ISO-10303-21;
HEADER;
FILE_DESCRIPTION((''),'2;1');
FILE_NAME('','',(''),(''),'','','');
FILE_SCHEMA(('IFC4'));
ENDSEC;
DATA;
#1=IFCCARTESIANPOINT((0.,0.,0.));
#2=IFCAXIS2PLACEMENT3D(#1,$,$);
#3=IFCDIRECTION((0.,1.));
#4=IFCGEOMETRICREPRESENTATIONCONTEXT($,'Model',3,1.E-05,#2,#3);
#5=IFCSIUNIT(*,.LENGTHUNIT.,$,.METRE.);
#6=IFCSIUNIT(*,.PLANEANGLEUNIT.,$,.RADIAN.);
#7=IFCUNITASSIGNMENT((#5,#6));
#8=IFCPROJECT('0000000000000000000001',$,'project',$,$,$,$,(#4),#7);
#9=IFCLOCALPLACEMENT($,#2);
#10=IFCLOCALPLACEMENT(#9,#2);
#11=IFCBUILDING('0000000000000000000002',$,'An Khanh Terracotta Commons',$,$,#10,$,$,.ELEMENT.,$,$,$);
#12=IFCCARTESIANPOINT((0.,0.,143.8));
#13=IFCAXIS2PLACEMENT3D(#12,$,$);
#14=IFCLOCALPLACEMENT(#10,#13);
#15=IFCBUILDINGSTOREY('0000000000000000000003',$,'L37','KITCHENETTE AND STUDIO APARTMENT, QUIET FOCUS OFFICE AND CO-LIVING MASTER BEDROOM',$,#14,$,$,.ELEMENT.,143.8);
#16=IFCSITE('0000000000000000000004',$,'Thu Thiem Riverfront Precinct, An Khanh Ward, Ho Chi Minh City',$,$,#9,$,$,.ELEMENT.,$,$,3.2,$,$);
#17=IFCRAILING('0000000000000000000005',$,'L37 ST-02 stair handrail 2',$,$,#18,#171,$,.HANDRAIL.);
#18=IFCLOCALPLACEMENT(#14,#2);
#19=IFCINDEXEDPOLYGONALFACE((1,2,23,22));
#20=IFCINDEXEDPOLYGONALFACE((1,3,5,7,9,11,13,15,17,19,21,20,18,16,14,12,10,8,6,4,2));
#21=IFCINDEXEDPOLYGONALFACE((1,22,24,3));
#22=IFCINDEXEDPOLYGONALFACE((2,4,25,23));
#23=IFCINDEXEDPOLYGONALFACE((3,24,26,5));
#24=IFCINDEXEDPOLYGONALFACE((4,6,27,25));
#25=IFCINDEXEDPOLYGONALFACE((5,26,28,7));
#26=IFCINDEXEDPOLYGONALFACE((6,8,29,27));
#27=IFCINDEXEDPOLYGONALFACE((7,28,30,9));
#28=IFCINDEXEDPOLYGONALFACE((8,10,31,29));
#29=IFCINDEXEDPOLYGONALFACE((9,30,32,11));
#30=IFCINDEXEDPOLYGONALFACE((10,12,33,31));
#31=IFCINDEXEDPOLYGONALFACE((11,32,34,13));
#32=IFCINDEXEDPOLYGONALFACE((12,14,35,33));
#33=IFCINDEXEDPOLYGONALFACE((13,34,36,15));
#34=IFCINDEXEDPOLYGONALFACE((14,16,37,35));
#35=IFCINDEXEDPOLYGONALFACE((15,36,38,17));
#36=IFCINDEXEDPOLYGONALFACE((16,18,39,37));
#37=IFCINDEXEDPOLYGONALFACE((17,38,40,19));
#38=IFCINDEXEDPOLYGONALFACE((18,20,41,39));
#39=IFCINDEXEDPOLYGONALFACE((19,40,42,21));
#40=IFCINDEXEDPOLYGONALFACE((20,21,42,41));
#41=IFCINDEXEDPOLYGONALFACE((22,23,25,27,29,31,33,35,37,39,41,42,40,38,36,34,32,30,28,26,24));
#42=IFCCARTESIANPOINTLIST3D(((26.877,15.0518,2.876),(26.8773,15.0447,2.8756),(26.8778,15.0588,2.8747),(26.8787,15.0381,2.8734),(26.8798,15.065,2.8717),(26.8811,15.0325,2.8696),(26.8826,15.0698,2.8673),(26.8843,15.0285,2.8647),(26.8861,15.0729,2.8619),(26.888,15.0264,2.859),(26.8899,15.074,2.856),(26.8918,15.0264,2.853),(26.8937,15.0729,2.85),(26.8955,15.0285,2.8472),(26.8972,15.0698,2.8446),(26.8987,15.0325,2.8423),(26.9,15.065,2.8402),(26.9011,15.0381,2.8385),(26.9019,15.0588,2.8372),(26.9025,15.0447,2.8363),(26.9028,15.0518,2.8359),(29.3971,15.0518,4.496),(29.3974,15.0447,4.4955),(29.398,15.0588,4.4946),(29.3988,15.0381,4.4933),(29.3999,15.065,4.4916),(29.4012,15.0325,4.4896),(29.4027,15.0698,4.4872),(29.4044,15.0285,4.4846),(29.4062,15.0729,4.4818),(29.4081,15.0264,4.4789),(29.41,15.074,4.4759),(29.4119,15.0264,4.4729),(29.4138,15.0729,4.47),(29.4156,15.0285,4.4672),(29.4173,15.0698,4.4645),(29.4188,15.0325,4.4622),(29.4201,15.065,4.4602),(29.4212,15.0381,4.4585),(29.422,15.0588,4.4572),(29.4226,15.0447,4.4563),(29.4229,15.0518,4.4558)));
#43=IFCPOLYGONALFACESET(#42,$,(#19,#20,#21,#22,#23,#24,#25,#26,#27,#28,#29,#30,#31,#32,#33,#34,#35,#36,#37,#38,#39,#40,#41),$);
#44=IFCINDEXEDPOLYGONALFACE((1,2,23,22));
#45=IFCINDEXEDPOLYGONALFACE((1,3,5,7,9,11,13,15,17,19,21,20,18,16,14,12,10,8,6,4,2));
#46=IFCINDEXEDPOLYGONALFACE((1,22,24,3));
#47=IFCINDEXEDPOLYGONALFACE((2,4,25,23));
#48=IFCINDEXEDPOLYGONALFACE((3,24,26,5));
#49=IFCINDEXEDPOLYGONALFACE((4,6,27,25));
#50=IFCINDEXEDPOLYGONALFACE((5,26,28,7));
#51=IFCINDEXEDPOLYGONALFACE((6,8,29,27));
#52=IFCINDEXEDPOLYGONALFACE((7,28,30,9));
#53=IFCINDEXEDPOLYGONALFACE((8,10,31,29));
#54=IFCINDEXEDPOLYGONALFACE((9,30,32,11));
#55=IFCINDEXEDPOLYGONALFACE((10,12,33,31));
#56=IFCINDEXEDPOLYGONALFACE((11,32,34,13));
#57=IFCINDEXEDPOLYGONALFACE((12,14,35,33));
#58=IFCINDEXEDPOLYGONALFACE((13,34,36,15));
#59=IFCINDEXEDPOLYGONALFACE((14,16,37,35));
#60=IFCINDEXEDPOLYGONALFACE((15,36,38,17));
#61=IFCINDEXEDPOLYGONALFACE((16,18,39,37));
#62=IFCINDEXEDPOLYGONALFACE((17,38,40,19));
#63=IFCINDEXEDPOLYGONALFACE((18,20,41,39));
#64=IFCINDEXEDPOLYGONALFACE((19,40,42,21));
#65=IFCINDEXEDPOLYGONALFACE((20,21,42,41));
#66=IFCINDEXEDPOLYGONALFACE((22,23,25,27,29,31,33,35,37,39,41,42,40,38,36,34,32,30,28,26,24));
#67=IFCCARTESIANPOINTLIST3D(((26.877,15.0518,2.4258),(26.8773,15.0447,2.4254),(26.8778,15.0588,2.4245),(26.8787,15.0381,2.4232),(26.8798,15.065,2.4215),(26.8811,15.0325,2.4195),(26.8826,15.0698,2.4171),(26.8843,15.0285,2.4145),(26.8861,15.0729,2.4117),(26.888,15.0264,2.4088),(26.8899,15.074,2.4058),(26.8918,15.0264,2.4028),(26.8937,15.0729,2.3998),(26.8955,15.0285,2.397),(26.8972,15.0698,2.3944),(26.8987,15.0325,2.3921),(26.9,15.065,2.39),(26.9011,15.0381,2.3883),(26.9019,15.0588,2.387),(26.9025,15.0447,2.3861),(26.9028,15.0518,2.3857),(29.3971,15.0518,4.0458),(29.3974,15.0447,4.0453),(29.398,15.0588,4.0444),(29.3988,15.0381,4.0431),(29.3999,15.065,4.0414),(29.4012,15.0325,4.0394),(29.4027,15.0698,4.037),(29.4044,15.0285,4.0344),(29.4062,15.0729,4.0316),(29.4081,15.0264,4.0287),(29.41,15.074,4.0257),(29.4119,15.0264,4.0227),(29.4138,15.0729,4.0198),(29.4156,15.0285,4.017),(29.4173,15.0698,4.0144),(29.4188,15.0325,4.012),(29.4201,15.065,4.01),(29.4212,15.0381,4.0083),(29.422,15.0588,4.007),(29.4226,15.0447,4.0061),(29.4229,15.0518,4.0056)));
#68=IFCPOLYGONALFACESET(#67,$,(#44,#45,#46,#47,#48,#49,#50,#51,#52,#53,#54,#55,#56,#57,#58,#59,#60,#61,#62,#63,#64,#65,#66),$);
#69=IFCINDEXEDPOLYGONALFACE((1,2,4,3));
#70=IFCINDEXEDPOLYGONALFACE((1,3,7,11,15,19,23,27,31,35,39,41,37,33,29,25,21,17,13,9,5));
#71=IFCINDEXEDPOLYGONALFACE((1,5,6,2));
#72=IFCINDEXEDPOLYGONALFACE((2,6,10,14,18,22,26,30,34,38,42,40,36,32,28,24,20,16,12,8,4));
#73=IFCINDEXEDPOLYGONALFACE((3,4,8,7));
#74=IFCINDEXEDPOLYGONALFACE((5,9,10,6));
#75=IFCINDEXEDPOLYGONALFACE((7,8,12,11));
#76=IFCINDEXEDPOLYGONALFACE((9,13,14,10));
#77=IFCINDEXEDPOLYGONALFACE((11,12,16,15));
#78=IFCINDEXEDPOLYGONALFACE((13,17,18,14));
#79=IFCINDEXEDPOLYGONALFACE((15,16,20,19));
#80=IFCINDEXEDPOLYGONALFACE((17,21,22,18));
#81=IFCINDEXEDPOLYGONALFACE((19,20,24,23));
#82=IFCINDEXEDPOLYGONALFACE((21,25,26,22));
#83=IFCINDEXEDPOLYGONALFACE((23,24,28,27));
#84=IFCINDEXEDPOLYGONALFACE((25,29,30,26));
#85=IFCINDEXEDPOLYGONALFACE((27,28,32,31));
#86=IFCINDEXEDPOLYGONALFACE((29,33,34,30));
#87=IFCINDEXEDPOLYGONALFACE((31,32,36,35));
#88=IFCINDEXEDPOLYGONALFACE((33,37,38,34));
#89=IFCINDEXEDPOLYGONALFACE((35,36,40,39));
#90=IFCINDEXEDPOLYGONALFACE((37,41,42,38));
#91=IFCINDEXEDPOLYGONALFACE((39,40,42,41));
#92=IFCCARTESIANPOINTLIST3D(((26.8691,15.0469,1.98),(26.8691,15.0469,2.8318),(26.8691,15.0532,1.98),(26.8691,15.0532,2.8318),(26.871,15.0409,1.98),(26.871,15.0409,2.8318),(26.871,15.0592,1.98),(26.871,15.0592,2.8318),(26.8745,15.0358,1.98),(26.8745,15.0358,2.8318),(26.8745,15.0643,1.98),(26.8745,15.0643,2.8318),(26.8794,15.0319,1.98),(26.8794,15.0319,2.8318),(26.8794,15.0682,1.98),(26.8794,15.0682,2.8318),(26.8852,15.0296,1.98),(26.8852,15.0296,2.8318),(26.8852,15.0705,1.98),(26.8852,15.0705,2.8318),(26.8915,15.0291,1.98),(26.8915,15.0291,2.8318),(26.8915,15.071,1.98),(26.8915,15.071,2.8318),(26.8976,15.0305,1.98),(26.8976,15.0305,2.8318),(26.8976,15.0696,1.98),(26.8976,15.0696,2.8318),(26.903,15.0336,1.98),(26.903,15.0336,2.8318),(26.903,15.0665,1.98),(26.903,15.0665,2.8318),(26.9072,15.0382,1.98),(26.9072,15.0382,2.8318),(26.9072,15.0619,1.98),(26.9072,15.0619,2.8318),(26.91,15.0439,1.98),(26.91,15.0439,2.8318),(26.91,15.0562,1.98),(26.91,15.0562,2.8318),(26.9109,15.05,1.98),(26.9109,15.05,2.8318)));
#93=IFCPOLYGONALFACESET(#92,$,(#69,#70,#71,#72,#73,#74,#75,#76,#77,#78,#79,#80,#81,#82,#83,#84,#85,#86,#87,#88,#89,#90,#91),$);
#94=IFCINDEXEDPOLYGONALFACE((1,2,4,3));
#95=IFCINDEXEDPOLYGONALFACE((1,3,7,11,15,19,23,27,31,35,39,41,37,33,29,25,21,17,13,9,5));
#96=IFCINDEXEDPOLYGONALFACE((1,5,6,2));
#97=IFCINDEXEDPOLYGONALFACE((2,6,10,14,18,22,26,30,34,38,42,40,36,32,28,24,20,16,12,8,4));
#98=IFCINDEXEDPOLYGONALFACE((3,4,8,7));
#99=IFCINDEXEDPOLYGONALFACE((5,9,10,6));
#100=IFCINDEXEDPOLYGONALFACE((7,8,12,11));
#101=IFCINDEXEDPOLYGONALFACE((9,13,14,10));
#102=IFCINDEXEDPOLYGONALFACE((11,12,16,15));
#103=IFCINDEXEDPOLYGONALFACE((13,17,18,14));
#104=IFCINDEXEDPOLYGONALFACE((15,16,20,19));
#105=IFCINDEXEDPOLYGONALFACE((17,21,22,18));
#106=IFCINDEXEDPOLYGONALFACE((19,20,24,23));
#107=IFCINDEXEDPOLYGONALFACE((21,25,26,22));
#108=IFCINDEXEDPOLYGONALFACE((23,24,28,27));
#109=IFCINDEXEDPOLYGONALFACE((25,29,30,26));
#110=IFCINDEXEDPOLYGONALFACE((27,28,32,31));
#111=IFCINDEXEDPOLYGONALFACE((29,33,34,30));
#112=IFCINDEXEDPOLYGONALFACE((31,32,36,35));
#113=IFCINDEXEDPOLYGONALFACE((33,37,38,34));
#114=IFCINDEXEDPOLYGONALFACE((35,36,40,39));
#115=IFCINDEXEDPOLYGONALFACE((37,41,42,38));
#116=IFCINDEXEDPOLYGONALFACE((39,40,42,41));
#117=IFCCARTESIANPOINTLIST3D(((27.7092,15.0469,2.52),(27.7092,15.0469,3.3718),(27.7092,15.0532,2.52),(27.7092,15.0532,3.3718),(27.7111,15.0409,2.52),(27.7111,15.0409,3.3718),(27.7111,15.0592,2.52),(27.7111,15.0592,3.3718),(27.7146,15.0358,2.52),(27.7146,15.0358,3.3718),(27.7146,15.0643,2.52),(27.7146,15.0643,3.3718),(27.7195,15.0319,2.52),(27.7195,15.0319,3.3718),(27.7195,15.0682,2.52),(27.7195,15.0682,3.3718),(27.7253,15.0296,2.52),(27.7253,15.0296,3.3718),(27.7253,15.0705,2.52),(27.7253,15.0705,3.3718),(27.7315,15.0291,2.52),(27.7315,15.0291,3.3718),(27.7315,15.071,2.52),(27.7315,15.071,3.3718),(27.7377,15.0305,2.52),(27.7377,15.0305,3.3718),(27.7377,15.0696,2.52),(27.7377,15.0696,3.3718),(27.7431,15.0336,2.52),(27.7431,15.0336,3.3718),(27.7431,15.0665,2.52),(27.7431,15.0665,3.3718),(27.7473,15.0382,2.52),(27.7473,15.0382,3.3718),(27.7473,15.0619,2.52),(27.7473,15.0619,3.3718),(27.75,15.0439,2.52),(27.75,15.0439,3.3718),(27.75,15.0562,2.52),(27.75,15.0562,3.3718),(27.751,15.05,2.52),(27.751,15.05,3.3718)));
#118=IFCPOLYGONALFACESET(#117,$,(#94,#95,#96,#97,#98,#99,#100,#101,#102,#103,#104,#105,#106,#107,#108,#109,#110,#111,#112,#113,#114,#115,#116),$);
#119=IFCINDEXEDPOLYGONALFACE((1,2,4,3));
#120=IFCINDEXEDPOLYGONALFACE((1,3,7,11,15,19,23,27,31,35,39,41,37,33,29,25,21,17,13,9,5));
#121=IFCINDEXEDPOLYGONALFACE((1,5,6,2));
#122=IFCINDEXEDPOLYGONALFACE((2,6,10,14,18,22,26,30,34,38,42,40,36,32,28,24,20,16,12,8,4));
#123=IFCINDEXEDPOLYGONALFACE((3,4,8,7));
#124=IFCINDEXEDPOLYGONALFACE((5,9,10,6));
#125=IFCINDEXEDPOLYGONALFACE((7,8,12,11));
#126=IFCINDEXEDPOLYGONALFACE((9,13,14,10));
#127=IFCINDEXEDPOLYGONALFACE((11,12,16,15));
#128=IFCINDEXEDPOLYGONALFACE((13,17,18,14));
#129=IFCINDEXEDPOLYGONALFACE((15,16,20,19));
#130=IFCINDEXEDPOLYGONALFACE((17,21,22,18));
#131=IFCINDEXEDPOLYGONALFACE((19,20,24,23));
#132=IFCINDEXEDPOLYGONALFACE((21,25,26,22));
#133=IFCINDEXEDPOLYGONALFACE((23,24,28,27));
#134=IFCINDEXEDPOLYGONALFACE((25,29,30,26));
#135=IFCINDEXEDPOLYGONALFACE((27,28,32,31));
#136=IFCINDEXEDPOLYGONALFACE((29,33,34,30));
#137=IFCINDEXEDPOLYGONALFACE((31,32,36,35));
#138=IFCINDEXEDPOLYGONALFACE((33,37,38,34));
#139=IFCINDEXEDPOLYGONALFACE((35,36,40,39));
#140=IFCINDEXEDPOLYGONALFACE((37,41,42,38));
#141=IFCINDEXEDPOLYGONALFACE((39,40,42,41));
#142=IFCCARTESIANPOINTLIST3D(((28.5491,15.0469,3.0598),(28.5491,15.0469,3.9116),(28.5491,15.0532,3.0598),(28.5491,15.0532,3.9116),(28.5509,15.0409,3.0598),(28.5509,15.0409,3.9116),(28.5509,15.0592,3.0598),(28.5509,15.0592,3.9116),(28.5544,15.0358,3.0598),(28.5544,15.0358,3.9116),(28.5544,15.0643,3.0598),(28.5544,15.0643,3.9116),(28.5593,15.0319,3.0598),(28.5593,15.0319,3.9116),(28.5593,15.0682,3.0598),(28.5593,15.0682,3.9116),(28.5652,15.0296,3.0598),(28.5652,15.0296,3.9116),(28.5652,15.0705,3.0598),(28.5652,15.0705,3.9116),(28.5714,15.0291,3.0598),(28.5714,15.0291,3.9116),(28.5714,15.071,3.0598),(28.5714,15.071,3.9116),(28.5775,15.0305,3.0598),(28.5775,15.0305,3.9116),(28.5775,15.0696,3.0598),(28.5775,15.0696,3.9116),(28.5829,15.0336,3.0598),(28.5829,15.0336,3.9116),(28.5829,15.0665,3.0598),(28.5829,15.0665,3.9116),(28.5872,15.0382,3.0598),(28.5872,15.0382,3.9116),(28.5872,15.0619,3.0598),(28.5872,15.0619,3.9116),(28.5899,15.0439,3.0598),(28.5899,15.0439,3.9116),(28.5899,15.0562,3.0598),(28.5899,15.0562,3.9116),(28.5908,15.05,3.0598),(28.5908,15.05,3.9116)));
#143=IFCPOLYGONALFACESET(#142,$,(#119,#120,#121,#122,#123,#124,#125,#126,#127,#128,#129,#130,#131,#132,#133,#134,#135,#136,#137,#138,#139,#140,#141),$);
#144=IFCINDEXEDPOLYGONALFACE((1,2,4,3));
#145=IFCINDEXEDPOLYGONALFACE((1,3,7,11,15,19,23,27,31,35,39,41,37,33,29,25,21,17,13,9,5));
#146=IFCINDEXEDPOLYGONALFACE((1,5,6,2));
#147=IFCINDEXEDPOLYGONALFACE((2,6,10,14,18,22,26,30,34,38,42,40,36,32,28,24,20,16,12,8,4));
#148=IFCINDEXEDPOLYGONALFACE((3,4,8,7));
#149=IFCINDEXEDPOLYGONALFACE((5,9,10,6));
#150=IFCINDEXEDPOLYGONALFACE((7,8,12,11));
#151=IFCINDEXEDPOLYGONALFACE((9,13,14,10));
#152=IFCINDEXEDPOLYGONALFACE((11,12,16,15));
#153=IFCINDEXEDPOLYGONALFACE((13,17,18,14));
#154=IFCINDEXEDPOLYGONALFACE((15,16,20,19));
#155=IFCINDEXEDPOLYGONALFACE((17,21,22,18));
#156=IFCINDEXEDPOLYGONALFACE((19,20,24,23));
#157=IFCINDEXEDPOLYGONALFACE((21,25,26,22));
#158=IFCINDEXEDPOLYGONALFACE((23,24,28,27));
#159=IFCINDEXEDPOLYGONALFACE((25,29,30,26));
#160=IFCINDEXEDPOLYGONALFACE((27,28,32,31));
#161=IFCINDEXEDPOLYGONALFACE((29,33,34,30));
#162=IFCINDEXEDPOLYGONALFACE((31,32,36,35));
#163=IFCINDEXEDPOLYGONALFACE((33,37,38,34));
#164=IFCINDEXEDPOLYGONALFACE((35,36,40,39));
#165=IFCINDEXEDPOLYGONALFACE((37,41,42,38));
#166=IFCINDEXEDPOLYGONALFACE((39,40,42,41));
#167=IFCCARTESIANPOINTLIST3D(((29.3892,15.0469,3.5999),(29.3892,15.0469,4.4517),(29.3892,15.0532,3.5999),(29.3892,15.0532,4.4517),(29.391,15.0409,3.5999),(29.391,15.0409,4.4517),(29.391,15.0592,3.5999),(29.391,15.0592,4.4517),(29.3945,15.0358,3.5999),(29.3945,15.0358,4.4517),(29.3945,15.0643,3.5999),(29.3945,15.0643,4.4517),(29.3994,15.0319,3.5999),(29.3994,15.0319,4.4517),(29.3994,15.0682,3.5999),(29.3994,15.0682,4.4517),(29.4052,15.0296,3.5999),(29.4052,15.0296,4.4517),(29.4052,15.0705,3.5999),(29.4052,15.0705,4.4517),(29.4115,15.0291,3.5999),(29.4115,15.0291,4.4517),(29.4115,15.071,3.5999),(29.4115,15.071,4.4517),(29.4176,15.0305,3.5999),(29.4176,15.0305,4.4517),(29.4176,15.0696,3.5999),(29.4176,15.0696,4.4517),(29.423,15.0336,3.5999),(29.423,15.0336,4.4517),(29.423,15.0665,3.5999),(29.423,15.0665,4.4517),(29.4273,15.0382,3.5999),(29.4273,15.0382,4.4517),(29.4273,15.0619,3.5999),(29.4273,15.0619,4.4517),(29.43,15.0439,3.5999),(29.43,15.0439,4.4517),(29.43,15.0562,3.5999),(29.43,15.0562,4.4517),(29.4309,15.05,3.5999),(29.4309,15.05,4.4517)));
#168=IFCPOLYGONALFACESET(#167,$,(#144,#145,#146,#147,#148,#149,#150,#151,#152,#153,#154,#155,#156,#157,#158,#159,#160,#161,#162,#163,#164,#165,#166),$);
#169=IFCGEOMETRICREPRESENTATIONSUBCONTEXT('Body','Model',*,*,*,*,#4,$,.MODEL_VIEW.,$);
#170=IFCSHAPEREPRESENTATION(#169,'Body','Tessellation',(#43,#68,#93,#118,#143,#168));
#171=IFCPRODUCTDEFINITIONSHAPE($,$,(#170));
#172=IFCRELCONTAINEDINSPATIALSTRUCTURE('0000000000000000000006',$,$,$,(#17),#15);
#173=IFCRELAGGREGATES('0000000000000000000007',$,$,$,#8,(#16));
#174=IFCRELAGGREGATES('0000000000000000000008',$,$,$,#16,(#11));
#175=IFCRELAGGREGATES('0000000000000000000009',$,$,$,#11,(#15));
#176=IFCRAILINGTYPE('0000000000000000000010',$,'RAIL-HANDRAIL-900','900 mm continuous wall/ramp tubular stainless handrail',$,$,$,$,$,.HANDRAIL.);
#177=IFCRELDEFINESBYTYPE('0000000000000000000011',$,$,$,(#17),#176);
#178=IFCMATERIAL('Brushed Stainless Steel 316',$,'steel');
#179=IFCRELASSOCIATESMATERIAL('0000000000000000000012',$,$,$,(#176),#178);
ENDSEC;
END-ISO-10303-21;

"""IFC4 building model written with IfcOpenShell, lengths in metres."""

from ifc_helpers import new_model, si_unit, direction, frame, origin, origin_2d, place, context, subcontext, project, spatial, circle, extrude, material, type_object, element, save


model = new_model("IFC4")

# Units and contexts
model_context = context("Model", 3, precision=1e-05, world=origin(), true_north=direction((0.0, 1.0)))
body_context = subcontext(model_context, "Body", "Model", "MODEL_VIEW")
ifc_project = project(units=[si_unit("LENGTHUNIT", "METRE"), si_unit("PLANEANGLEUNIT", "RADIAN")], contexts=[model_context])

# Site, building, storey
site_placement = place(None, origin())
site = spatial("IfcSite", under=ifc_project, at=site_placement, Name="Thu Thiem Riverfront Precinct, An Khanh Ward, Ho Chi Minh City", CompositionType="ELEMENT", RefElevation=3.2)
building_placement = place(site_placement, origin())
building = spatial("IfcBuilding", under=site, at=building_placement, Name="An Khanh Terracotta Commons", CompositionType="ELEMENT")
storey_placement = place(building_placement, frame((0.0, 0.0, 143.8)))
storey = spatial("IfcBuildingStorey", under=building, at=storey_placement, Name="L37", Description="KITCHENETTE AND STUDIO APARTMENT, QUIET FOCUS OFFICE AND CO-LIVING MASTER BEDROOM", CompositionType="ELEMENT", Elevation=143.8)

# Railing
ifc_material_1 = material(Name="Brushed Stainless Steel 316", Category="steel")
railing_type_1 = type_object("IfcRailingType", Name="RAIL-HANDRAIL-900", Description="900 mm continuous wall/ramp tubular stainless handrail", PredefinedType="HANDRAIL", material=ifc_material_1)
railing_1_placement = place(storey_placement, frame((26.8899, 15.05, 1.98)))
element("IfcRailing", 1, at=railing_1_placement, inside=storey, type_object=railing_type_1, Name="L37 ST-02 stair handrail 2", PredefinedType="HANDRAIL", context=body_context, shape_type="SweptSolid", body=[
    extrude(circle(Radius=0.0239, at=origin_2d()), frame((0.0, 0.0, 0.876), z_axis=(0.8412, 0.0, 0.540725), x_axis=(0.0, 1.0, 0.0)), (0.0, 0.0, 1.0), 2.9958),
    extrude(circle(Radius=0.0239, at=origin_2d()), frame((0.0, 0.0, 0.4258), z_axis=(0.8412, 0.0, 0.540725), x_axis=(0.0, 1.0, 0.0)), (0.0, 0.0, 1.0), 2.9958),
    extrude(circle(Radius=0.021, at=origin_2d()), origin(), (0.0, 0.0, 1.0), 0.8518),
    extrude(circle(Radius=0.021, at=origin_2d()), frame((0.8401, 0.0, 0.54)), (0.0, 0.0, 1.0), 0.8518),
    extrude(circle(Radius=0.021, at=origin_2d()), frame((1.6799, 0.0, 1.0798)), (0.0, 0.0, 1.0), 0.8518),
    extrude(circle(Radius=0.021, at=origin_2d()), frame((2.52, 0.0, 1.6199)), (0.0, 0.0, 1.0), 0.8518),
])

save(model, "model.ifc")
